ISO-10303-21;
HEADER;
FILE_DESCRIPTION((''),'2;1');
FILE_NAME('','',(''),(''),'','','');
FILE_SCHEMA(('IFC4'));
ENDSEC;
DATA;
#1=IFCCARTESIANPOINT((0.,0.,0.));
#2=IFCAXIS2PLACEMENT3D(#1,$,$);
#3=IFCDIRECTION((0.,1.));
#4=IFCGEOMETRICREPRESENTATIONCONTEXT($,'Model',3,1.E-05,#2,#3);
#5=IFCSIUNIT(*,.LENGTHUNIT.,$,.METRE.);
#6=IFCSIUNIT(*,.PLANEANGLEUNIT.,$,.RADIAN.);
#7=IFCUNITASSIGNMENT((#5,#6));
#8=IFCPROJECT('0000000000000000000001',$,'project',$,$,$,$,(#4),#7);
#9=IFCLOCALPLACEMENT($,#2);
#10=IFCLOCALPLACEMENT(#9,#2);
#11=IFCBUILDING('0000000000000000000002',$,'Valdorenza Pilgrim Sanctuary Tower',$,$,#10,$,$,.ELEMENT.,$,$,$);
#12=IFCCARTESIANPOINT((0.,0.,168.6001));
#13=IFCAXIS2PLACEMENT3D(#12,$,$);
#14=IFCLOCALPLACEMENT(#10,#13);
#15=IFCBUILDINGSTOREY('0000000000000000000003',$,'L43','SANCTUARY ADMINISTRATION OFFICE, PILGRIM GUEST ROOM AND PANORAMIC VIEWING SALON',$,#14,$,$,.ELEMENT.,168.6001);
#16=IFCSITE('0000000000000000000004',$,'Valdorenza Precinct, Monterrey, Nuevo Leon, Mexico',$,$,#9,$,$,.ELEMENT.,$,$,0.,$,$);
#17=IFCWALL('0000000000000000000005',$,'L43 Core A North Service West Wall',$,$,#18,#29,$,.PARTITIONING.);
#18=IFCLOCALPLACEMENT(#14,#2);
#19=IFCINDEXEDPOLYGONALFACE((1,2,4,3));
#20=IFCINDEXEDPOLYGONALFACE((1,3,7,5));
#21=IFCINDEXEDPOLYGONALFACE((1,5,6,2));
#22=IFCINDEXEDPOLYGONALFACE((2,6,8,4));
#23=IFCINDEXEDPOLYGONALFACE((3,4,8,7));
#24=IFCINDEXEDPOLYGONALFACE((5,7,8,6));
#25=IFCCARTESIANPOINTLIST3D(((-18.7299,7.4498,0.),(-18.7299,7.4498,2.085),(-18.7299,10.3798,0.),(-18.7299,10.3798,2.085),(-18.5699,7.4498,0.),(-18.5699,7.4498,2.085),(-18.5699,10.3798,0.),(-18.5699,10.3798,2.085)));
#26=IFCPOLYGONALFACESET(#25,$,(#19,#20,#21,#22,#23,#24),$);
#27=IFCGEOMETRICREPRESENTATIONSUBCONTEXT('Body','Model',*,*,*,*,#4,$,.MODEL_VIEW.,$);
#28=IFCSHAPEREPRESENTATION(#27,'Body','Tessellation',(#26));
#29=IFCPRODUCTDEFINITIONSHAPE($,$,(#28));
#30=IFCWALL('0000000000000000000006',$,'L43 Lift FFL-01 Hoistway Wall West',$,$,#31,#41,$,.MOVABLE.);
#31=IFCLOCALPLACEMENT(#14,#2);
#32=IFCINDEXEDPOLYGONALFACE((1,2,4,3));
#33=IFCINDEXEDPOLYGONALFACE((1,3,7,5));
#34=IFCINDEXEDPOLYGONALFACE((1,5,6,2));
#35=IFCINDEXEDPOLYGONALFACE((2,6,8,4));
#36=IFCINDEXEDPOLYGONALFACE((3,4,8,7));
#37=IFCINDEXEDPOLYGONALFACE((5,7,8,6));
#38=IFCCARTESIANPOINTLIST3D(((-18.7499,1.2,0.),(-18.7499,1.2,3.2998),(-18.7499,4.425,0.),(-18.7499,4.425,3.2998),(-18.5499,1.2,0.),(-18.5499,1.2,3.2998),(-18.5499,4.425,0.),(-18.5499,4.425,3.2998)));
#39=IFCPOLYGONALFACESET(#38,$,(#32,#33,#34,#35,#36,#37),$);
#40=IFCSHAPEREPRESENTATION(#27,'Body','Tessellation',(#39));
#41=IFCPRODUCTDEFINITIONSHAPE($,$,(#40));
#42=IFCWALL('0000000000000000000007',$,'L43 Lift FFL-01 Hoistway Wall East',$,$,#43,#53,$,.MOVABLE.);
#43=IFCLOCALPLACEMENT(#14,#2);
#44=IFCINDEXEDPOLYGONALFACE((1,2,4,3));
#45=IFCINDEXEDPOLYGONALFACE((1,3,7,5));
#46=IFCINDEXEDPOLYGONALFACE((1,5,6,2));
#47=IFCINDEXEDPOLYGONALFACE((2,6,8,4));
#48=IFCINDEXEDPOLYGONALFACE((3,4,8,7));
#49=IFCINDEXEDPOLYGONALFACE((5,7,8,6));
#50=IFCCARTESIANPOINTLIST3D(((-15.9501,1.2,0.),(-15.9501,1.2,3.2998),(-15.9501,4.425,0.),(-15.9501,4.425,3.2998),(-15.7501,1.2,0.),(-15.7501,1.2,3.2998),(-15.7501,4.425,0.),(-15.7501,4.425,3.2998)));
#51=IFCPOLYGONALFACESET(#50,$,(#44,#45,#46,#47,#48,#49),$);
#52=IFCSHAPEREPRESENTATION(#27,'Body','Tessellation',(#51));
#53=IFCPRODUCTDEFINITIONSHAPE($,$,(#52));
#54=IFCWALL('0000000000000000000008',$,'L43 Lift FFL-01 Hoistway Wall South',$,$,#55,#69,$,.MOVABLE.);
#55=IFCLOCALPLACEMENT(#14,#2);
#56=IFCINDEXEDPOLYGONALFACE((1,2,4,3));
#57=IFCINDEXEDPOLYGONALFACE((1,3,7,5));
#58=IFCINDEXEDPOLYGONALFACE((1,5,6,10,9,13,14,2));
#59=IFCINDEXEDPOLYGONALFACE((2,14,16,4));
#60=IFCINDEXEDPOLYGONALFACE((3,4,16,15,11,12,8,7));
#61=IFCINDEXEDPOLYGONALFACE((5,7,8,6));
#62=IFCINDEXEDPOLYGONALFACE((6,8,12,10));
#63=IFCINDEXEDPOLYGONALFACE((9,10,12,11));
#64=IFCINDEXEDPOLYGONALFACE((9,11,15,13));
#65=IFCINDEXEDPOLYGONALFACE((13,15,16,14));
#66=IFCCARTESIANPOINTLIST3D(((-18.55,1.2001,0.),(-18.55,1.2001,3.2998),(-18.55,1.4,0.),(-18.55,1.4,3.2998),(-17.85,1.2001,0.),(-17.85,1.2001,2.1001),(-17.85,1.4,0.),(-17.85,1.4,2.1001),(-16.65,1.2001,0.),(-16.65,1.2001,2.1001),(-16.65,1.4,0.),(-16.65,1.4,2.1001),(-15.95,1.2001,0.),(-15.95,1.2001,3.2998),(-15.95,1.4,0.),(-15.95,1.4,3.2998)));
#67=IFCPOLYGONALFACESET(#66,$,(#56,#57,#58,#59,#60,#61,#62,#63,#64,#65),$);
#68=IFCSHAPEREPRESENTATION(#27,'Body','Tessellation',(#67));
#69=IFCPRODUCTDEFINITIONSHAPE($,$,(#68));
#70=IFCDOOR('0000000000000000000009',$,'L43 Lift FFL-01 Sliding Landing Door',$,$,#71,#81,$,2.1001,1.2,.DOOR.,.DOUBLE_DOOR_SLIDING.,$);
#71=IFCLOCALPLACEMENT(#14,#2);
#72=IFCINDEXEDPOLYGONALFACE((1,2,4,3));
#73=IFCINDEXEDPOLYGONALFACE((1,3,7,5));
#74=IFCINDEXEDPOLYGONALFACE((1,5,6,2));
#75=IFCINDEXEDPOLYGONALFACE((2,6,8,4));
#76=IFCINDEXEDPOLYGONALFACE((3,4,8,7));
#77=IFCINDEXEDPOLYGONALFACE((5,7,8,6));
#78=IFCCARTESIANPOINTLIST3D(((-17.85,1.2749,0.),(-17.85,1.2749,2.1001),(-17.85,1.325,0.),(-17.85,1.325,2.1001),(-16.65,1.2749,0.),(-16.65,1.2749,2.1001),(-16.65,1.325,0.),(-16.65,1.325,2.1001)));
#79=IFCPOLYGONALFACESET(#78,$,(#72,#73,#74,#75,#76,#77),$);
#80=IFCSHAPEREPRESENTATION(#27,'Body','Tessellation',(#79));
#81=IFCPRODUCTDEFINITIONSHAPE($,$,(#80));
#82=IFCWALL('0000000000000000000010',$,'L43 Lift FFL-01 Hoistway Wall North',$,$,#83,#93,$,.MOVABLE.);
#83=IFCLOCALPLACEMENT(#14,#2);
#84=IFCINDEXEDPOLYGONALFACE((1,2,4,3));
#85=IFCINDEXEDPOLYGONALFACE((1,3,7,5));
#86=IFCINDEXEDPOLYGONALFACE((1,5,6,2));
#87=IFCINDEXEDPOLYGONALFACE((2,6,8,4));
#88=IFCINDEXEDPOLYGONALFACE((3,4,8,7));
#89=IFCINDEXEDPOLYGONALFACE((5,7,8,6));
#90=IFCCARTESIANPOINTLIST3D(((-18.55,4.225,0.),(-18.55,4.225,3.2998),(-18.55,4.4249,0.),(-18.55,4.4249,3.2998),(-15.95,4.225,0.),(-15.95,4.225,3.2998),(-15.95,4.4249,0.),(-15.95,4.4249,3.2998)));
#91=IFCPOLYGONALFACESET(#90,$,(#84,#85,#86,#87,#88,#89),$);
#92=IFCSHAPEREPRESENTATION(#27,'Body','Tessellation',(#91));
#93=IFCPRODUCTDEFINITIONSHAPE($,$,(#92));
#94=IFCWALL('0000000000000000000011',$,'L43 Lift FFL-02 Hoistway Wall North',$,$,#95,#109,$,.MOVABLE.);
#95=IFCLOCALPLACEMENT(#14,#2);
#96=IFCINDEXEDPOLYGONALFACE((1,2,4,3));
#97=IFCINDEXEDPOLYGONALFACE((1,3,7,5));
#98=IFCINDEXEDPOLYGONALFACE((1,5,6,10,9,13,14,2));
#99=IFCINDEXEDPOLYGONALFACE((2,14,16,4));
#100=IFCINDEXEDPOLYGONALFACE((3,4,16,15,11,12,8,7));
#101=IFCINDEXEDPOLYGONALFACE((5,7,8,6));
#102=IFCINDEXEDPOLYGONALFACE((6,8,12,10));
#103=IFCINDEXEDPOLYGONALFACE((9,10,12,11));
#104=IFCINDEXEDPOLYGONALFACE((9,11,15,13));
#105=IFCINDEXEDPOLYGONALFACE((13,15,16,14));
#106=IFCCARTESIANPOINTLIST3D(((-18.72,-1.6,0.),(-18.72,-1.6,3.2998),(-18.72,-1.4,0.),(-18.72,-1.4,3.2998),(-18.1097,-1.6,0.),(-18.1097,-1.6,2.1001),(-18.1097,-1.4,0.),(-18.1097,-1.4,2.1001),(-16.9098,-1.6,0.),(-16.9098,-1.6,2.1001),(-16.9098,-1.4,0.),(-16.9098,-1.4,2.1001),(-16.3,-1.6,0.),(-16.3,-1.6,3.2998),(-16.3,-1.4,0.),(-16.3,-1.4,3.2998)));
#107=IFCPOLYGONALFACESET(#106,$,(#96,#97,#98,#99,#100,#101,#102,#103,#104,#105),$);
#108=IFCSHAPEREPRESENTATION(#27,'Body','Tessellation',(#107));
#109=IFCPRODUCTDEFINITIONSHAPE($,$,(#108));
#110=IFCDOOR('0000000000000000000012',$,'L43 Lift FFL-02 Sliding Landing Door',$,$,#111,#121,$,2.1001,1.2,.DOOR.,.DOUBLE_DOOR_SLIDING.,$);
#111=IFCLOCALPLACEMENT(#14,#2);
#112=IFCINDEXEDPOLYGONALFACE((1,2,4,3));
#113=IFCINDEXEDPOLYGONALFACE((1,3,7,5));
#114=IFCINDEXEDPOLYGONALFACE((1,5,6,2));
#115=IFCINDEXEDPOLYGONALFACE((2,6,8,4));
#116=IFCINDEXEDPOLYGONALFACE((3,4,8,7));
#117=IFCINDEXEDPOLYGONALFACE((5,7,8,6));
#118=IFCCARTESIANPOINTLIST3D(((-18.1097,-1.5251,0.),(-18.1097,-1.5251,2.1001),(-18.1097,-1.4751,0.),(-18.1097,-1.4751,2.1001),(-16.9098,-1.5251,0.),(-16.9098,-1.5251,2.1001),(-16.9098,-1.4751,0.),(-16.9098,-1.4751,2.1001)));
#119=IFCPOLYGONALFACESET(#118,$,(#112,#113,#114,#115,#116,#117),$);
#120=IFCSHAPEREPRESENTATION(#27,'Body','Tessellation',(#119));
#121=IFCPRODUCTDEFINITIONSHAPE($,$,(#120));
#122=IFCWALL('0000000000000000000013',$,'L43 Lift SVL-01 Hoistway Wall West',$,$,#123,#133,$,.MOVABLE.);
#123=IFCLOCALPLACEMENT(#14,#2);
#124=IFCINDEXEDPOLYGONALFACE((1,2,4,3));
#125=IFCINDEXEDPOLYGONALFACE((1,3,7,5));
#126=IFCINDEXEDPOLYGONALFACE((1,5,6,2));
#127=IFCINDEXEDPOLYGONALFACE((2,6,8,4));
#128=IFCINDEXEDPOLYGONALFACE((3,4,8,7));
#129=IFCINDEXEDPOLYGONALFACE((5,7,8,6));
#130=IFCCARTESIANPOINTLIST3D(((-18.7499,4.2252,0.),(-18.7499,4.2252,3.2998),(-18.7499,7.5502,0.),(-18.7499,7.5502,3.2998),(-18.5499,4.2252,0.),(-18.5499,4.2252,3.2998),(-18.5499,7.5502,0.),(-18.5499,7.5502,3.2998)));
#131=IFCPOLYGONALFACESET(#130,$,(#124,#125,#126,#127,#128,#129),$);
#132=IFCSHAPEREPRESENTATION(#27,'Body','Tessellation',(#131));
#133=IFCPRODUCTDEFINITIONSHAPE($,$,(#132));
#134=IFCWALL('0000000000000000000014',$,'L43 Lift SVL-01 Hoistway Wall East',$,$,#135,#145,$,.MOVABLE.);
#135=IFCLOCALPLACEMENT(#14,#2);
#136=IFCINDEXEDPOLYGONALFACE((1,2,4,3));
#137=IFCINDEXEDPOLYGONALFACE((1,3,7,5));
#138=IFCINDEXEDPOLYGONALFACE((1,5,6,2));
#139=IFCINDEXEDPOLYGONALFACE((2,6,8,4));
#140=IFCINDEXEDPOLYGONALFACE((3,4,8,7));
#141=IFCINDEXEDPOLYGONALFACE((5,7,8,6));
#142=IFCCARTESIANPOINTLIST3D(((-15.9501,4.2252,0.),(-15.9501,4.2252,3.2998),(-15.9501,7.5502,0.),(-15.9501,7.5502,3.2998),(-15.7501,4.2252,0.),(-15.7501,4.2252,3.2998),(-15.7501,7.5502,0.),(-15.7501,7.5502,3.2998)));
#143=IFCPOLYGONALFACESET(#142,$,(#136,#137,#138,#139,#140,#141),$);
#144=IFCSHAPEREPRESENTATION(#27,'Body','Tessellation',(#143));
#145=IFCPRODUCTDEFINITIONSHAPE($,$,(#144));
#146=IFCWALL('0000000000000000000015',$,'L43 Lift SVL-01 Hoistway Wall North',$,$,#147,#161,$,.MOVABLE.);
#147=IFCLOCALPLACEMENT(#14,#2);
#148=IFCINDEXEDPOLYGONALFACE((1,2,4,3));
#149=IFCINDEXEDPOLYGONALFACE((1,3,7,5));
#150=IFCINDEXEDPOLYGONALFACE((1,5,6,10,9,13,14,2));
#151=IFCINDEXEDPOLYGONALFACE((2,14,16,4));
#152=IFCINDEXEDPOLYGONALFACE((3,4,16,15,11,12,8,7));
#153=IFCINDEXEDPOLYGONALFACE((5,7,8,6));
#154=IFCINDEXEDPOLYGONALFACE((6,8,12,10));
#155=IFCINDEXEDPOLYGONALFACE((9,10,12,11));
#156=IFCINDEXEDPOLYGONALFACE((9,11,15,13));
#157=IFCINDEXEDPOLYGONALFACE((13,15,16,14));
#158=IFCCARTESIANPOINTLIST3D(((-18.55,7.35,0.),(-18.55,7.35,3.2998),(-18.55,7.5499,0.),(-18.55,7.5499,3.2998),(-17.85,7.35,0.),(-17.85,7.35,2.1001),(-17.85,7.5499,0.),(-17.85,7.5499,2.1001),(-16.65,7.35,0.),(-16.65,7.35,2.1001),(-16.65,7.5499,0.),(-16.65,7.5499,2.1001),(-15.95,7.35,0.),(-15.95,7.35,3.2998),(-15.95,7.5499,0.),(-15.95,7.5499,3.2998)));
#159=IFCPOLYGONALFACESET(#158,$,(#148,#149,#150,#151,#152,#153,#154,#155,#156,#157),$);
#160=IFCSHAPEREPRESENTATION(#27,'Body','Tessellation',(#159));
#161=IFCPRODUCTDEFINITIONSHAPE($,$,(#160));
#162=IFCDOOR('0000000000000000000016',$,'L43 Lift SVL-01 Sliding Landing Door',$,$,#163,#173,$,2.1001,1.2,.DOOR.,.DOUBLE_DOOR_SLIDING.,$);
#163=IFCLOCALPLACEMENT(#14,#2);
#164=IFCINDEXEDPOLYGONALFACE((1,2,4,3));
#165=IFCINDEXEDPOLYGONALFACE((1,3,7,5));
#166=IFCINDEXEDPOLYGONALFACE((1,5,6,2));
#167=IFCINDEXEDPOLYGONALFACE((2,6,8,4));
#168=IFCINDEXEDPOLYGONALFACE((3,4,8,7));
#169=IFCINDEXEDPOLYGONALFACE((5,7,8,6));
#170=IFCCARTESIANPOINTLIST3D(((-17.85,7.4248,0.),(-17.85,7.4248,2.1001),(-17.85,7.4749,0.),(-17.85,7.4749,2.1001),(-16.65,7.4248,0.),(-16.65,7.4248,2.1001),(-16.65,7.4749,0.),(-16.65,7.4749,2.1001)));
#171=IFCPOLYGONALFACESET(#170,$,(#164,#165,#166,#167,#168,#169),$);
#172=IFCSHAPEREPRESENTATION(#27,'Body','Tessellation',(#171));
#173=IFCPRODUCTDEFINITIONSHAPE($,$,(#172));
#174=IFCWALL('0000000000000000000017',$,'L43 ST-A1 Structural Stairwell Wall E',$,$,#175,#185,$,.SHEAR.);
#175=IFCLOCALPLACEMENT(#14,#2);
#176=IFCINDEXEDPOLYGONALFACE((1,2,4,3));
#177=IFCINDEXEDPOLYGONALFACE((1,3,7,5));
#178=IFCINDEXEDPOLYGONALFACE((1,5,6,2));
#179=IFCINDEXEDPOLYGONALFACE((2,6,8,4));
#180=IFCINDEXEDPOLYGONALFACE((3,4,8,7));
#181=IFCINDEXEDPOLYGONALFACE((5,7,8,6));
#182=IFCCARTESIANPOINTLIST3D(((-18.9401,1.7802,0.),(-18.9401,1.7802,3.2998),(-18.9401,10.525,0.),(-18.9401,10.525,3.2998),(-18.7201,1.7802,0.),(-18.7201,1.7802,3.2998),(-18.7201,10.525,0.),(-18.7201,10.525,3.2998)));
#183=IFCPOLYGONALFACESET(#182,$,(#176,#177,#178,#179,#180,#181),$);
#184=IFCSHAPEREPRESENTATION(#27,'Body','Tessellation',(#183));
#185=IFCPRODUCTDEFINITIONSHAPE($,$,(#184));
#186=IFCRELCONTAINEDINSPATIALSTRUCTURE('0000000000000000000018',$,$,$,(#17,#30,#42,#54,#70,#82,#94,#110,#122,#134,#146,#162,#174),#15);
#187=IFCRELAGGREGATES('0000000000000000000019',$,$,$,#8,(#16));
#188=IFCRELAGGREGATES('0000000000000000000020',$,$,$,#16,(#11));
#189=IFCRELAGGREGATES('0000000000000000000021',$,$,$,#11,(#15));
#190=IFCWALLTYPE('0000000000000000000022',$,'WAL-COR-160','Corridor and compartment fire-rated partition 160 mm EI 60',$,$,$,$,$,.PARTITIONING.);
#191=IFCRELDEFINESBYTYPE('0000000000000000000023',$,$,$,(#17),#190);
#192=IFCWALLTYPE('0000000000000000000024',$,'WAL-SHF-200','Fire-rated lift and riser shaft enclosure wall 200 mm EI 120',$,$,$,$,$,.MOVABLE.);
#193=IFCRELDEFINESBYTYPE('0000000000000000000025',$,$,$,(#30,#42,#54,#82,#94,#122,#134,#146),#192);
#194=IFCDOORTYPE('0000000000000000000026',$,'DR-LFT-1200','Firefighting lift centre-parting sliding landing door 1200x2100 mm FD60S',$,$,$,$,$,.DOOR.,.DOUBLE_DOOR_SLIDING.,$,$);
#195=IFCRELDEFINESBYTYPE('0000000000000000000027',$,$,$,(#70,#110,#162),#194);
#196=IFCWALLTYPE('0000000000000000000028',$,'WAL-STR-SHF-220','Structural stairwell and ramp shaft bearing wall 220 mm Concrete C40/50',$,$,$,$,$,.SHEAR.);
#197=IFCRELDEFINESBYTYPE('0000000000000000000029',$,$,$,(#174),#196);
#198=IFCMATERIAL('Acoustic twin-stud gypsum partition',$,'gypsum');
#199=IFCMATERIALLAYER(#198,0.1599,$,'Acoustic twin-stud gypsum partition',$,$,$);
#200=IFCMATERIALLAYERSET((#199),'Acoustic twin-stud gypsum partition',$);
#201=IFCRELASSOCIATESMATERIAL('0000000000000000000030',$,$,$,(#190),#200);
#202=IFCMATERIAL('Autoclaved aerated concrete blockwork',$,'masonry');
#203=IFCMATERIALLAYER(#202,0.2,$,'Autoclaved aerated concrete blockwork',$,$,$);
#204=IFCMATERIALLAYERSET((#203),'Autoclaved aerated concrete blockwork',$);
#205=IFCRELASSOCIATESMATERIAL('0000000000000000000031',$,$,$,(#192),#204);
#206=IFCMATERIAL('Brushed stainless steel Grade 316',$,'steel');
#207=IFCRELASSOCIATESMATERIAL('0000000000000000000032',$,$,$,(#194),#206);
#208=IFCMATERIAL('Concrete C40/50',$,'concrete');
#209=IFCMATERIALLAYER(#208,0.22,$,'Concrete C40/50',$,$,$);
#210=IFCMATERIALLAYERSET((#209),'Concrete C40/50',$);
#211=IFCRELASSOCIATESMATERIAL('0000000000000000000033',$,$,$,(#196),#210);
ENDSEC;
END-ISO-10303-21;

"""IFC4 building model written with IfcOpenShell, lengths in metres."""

from ifc_helpers import new_model, si_unit, direction, frame, frame_2d, origin, place, context, subcontext, project, spatial, rectangle, extrude, material, layer, layer_set, type_object, element, fill, save


model = new_model("IFC4")

# Units and contexts
model_context = context("Model", 3, precision=1e-05, world=origin(), true_north=direction((0.0, 1.0)))
body_context = subcontext(model_context, "Body", "Model", "MODEL_VIEW")
ifc_project = project(units=[si_unit("LENGTHUNIT", "METRE"), si_unit("PLANEANGLEUNIT", "RADIAN")], contexts=[model_context])

# Site, building, storey
site_placement = place(None, origin())
site = spatial("IfcSite", under=ifc_project, at=site_placement, Name="Valdorenza Precinct, Monterrey, Nuevo Leon, Mexico", CompositionType="ELEMENT", RefElevation=0.0)
building_placement = place(site_placement, origin())
building = spatial("IfcBuilding", under=site, at=building_placement, Name="Valdorenza Pilgrim Sanctuary Tower", CompositionType="ELEMENT")
storey_placement = place(building_placement, frame((0.0, 0.0, 168.6001)))
storey = spatial("IfcBuildingStorey", under=building, at=storey_placement, Name="L43", Description="SANCTUARY ADMINISTRATION OFFICE, PILGRIM GUEST ROOM AND PANORAMIC VIEWING SALON", CompositionType="ELEMENT", Elevation=168.6001)

# Wall
ifc_material_1 = material(Name="Acoustic twin-stud gypsum partition", Category="gypsum")
ifc_layer_1 = layer(ifc_material_1, 0.1599, Name="Acoustic twin-stud gypsum partition")
ifc_layer_set_1 = layer_set([ifc_layer_1], Name="Acoustic twin-stud gypsum partition")
wall_type_1 = type_object("IfcWallType", Name="WAL-COR-160", Description="Corridor and compartment fire-rated partition 160 mm EI 60", PredefinedType="PARTITIONING", material=ifc_layer_set_1)
wall_1_placement = place(storey_placement, frame((-18.6499, 7.45, 0.0), z_axis=(0.0, 0.0, 1.0), x_axis=(0.0, 1.0, 0.0)))
element("IfcWall", 1, at=wall_1_placement, inside=storey, type_object=wall_type_1, Name="L43 Core A North Service West Wall", PredefinedType="PARTITIONING", context=body_context, shape_type="SweptSolid", body=[
    extrude(rectangle(XDim=2.9299, YDim=0.1599, at=frame_2d((1.4648, 0.0))), origin(), (0.0, 0.0, 1.0), 2.085),
])

# Walls
ifc_material_2 = material(Name="Autoclaved aerated concrete blockwork", Category="masonry")
ifc_layer_2 = layer(ifc_material_2, 0.2, Name="Autoclaved aerated concrete blockwork")
ifc_layer_set_2 = layer_set([ifc_layer_2], Name="Autoclaved aerated concrete blockwork")
wall_type_2 = type_object("IfcWallType", Name="WAL-SHF-200", Description="Fire-rated lift and riser shaft enclosure wall 200 mm EI 120", PredefinedType="MOVABLE", material=ifc_layer_set_2)
for number, where, z_axis, x_axis, name in (
    (2, (-18.6499, 1.2, 0.0), (0.0, 0.0, 1.0), (0.0, 1.0, 0.0), "L43 Lift FFL-01 Hoistway Wall West"),
    (3, (-15.8501, 1.2, 0.0), (0.0, 0.0, 1.0), (0.0, 1.0, 0.0), "L43 Lift FFL-01 Hoistway Wall East"),
):
    element("IfcWall", number, at=place(storey_placement, frame(where, z_axis=z_axis, x_axis=x_axis)), inside=storey, type_object=wall_type_2, Name=name, PredefinedType="MOVABLE", context=body_context, shape_type="SweptSolid", body=[
        extrude(rectangle(XDim=3.2251, YDim=0.2, at=frame_2d((1.6125, 0.0))), origin(), (0.0, 0.0, 1.0), 3.2998),
    ])

# Wall, opening, door
wall_2_placement = place(storey_placement, frame((-18.55, 1.3, 0.0), z_axis=(0.0, 0.0, 1.0), x_axis=(1.0, 0.0, 0.0)))
wall_2 = element("IfcWall", 4, at=wall_2_placement, inside=storey, type_object=wall_type_2, Name="L43 Lift FFL-01 Hoistway Wall South", PredefinedType="MOVABLE", context=body_context, shape_type="SweptSolid", body=[
    extrude(rectangle(XDim=2.6001, YDim=0.2, at=frame_2d((1.3, 0.0))), origin(), (0.0, 0.0, 1.0), 3.2998),
])
opening_1_placement = place(wall_2_placement, frame((0.7, 0.0, 0.0)))
opening_1 = element("IfcOpeningElement", 5, at=opening_1_placement, cuts=wall_2, PredefinedType="OPENING", context=body_context, shape_type="SweptSolid", body=[
    extrude(rectangle(XDim=1.2, YDim=2.1001, at=frame_2d((0.6001, 1.05))), frame((0.0, 0.1147, 0.0), z_axis=(0.0, -1.0, 0.0), x_axis=(1.0, 0.0, 0.0)), (0.0, 0.0, 1.0), 0.2297),
])
ifc_material_3 = material(Name="Brushed stainless steel Grade 316", Category="steel")
door_type_1 = type_object("IfcDoorType", Name="DR-LFT-1200", Description="Firefighting lift centre-parting sliding landing door 1200x2100 mm FD60S", OperationType="DOUBLE_DOOR_SLIDING", PredefinedType="DOOR", material=ifc_material_3)
door_1_placement = place(opening_1_placement, origin())
door_1 = element("IfcDoor", 6, at=door_1_placement, inside=storey, type_object=door_type_1, Name="L43 Lift FFL-01 Sliding Landing Door", OperationType="DOUBLE_DOOR_SLIDING", OverallHeight=2.1001, OverallWidth=1.2, PredefinedType="DOOR", context=body_context, shape_type="SweptSolid", body=[
    extrude(rectangle(XDim=1.2, YDim=2.1001, at=frame_2d((0.6001, 1.05))), frame((0.0, 0.0249, 0.0), z_axis=(0.0, -1.0, 0.0), x_axis=(1.0, 0.0, 0.0)), (0.0, 0.0, 1.0), 0.05),
])
fill(opening_1, door_1)

# Wall
wall_3_placement = place(storey_placement, frame((-18.55, 4.325, 0.0), z_axis=(0.0, 0.0, 1.0), x_axis=(1.0, 0.0, 0.0)))
element("IfcWall", 7, at=wall_3_placement, inside=storey, type_object=wall_type_2, Name="L43 Lift FFL-01 Hoistway Wall North", PredefinedType="MOVABLE", context=body_context, shape_type="SweptSolid", body=[
    extrude(rectangle(XDim=2.6001, YDim=0.2, at=frame_2d((1.3, 0.0))), origin(), (0.0, 0.0, 1.0), 3.2998),
])

# Wall, opening, door
wall_4_placement = place(storey_placement, frame((-18.72, -1.5, 0.0), z_axis=(0.0, 0.0, 1.0), x_axis=(1.0, 0.0, 0.0)))
wall_4 = element("IfcWall", 8, at=wall_4_placement, inside=storey, type_object=wall_type_2, Name="L43 Lift FFL-02 Hoistway Wall North", PredefinedType="MOVABLE", context=body_context, shape_type="SweptSolid", body=[
    extrude(rectangle(XDim=2.4199, YDim=0.2, at=frame_2d((1.21, 0.0))), origin(), (0.0, 0.0, 1.0), 3.2998),
])
opening_2_placement = place(wall_4_placement, frame((0.6101, 0.0, 0.0)))
opening_2 = element("IfcOpeningElement", 9, at=opening_2_placement, cuts=wall_4, PredefinedType="OPENING", context=body_context, shape_type="SweptSolid", body=[
    extrude(rectangle(XDim=1.2, YDim=2.1001, at=frame_2d((0.6001, 1.05))), frame((0.0, 0.1147, 0.0), z_axis=(0.0, -1.0, 0.0), x_axis=(1.0, 0.0, 0.0)), (0.0, 0.0, 1.0), 0.2297),
])
door_2_placement = place(opening_2_placement, origin())
door_2 = element("IfcDoor", 10, at=door_2_placement, inside=storey, type_object=door_type_1, Name="L43 Lift FFL-02 Sliding Landing Door", OperationType="DOUBLE_DOOR_SLIDING", OverallHeight=2.1001, OverallWidth=1.2, PredefinedType="DOOR", context=body_context, shape_type="SweptSolid", body=[
    extrude(rectangle(XDim=1.2, YDim=2.1001, at=frame_2d((0.6001, 1.05))), frame((0.0, 0.0249, 0.0), z_axis=(0.0, -1.0, 0.0), x_axis=(1.0, 0.0, 0.0)), (0.0, 0.0, 1.0), 0.05),
])
fill(opening_2, door_2)

# Walls
for number, where, z_axis, x_axis, name in (
    (11, (-18.6499, 4.2251, 0.0), (0.0, 0.0, 1.0), (0.0, 1.0, 0.0), "L43 Lift SVL-01 Hoistway Wall West"),
    (12, (-15.8501, 4.2251, 0.0), (0.0, 0.0, 1.0), (0.0, 1.0, 0.0), "L43 Lift SVL-01 Hoistway Wall East"),
):
    element("IfcWall", number, at=place(storey_placement, frame(where, z_axis=z_axis, x_axis=x_axis)), inside=storey, type_object=wall_type_2, Name=name, PredefinedType="MOVABLE", context=body_context, shape_type="SweptSolid", body=[
        extrude(rectangle(XDim=3.325, YDim=0.2, at=frame_2d((1.6626, 0.0))), origin(), (0.0, 0.0, 1.0), 3.2998),
    ])

# Wall, opening, door
wall_5_placement = place(storey_placement, frame((-18.55, 7.45, 0.0), z_axis=(0.0, 0.0, 1.0), x_axis=(1.0, 0.0, 0.0)))
wall_5 = element("IfcWall", 13, at=wall_5_placement, inside=storey, type_object=wall_type_2, Name="L43 Lift SVL-01 Hoistway Wall North", PredefinedType="MOVABLE", context=body_context, shape_type="SweptSolid", body=[
    extrude(rectangle(XDim=2.6001, YDim=0.2, at=frame_2d((1.3, 0.0))), origin(), (0.0, 0.0, 1.0), 3.2998),
])
opening_3_placement = place(wall_5_placement, frame((0.7, 0.0, 0.0)))
opening_3 = element("IfcOpeningElement", 14, at=opening_3_placement, cuts=wall_5, PredefinedType="OPENING", context=body_context, shape_type="SweptSolid", body=[
    extrude(rectangle(XDim=1.2, YDim=2.1001, at=frame_2d((0.6001, 1.05))), frame((0.0, 0.1147, 0.0), z_axis=(0.0, -1.0, 0.0), x_axis=(1.0, 0.0, 0.0)), (0.0, 0.0, 1.0), 0.2297),
])
door_3_placement = place(opening_3_placement, origin())
door_3 = element("IfcDoor", 15, at=door_3_placement, inside=storey, type_object=door_type_1, Name="L43 Lift SVL-01 Sliding Landing Door", OperationType="DOUBLE_DOOR_SLIDING", OverallHeight=2.1001, OverallWidth=1.2, PredefinedType="DOOR", context=body_context, shape_type="SweptSolid", body=[
    extrude(rectangle(XDim=1.2, YDim=2.1001, at=frame_2d((0.6001, 1.05))), frame((0.0, 0.0249, 0.0), z_axis=(0.0, -1.0, 0.0), x_axis=(1.0, 0.0, 0.0)), (0.0, 0.0, 1.0), 0.05),
])
fill(opening_3, door_3)

# Wall
ifc_material_4 = material(Name="Concrete C40/50", Category="concrete")
ifc_layer_3 = layer(ifc_material_4, 0.22, Name="Concrete C40/50")
ifc_layer_set_3 = layer_set([ifc_layer_3], Name="Concrete C40/50")
wall_type_3 = type_object("IfcWallType", Name="WAL-STR-SHF-220", Description="Structural stairwell and ramp shaft bearing wall 220 mm Concrete C40/50", PredefinedType="SHEAR", material=ifc_layer_set_3)
wall_6_placement = place(storey_placement, frame((-18.8301, 1.78, 0.0), z_axis=(0.0, 0.0, 1.0), x_axis=(0.0, 1.0, 0.0)))
element("IfcWall", 16, at=wall_6_placement, inside=storey, type_object=wall_type_3, Name="L43 ST-A1 Structural Stairwell Wall E", PredefinedType="SHEAR", context=body_context, shape_type="SweptSolid", body=[
    extrude(rectangle(XDim=8.7449, YDim=0.22, at=frame_2d((4.3726, 0.0))), origin(), (0.0, 0.0, 1.0), 3.2998),
])

save(model, "model.ifc")
